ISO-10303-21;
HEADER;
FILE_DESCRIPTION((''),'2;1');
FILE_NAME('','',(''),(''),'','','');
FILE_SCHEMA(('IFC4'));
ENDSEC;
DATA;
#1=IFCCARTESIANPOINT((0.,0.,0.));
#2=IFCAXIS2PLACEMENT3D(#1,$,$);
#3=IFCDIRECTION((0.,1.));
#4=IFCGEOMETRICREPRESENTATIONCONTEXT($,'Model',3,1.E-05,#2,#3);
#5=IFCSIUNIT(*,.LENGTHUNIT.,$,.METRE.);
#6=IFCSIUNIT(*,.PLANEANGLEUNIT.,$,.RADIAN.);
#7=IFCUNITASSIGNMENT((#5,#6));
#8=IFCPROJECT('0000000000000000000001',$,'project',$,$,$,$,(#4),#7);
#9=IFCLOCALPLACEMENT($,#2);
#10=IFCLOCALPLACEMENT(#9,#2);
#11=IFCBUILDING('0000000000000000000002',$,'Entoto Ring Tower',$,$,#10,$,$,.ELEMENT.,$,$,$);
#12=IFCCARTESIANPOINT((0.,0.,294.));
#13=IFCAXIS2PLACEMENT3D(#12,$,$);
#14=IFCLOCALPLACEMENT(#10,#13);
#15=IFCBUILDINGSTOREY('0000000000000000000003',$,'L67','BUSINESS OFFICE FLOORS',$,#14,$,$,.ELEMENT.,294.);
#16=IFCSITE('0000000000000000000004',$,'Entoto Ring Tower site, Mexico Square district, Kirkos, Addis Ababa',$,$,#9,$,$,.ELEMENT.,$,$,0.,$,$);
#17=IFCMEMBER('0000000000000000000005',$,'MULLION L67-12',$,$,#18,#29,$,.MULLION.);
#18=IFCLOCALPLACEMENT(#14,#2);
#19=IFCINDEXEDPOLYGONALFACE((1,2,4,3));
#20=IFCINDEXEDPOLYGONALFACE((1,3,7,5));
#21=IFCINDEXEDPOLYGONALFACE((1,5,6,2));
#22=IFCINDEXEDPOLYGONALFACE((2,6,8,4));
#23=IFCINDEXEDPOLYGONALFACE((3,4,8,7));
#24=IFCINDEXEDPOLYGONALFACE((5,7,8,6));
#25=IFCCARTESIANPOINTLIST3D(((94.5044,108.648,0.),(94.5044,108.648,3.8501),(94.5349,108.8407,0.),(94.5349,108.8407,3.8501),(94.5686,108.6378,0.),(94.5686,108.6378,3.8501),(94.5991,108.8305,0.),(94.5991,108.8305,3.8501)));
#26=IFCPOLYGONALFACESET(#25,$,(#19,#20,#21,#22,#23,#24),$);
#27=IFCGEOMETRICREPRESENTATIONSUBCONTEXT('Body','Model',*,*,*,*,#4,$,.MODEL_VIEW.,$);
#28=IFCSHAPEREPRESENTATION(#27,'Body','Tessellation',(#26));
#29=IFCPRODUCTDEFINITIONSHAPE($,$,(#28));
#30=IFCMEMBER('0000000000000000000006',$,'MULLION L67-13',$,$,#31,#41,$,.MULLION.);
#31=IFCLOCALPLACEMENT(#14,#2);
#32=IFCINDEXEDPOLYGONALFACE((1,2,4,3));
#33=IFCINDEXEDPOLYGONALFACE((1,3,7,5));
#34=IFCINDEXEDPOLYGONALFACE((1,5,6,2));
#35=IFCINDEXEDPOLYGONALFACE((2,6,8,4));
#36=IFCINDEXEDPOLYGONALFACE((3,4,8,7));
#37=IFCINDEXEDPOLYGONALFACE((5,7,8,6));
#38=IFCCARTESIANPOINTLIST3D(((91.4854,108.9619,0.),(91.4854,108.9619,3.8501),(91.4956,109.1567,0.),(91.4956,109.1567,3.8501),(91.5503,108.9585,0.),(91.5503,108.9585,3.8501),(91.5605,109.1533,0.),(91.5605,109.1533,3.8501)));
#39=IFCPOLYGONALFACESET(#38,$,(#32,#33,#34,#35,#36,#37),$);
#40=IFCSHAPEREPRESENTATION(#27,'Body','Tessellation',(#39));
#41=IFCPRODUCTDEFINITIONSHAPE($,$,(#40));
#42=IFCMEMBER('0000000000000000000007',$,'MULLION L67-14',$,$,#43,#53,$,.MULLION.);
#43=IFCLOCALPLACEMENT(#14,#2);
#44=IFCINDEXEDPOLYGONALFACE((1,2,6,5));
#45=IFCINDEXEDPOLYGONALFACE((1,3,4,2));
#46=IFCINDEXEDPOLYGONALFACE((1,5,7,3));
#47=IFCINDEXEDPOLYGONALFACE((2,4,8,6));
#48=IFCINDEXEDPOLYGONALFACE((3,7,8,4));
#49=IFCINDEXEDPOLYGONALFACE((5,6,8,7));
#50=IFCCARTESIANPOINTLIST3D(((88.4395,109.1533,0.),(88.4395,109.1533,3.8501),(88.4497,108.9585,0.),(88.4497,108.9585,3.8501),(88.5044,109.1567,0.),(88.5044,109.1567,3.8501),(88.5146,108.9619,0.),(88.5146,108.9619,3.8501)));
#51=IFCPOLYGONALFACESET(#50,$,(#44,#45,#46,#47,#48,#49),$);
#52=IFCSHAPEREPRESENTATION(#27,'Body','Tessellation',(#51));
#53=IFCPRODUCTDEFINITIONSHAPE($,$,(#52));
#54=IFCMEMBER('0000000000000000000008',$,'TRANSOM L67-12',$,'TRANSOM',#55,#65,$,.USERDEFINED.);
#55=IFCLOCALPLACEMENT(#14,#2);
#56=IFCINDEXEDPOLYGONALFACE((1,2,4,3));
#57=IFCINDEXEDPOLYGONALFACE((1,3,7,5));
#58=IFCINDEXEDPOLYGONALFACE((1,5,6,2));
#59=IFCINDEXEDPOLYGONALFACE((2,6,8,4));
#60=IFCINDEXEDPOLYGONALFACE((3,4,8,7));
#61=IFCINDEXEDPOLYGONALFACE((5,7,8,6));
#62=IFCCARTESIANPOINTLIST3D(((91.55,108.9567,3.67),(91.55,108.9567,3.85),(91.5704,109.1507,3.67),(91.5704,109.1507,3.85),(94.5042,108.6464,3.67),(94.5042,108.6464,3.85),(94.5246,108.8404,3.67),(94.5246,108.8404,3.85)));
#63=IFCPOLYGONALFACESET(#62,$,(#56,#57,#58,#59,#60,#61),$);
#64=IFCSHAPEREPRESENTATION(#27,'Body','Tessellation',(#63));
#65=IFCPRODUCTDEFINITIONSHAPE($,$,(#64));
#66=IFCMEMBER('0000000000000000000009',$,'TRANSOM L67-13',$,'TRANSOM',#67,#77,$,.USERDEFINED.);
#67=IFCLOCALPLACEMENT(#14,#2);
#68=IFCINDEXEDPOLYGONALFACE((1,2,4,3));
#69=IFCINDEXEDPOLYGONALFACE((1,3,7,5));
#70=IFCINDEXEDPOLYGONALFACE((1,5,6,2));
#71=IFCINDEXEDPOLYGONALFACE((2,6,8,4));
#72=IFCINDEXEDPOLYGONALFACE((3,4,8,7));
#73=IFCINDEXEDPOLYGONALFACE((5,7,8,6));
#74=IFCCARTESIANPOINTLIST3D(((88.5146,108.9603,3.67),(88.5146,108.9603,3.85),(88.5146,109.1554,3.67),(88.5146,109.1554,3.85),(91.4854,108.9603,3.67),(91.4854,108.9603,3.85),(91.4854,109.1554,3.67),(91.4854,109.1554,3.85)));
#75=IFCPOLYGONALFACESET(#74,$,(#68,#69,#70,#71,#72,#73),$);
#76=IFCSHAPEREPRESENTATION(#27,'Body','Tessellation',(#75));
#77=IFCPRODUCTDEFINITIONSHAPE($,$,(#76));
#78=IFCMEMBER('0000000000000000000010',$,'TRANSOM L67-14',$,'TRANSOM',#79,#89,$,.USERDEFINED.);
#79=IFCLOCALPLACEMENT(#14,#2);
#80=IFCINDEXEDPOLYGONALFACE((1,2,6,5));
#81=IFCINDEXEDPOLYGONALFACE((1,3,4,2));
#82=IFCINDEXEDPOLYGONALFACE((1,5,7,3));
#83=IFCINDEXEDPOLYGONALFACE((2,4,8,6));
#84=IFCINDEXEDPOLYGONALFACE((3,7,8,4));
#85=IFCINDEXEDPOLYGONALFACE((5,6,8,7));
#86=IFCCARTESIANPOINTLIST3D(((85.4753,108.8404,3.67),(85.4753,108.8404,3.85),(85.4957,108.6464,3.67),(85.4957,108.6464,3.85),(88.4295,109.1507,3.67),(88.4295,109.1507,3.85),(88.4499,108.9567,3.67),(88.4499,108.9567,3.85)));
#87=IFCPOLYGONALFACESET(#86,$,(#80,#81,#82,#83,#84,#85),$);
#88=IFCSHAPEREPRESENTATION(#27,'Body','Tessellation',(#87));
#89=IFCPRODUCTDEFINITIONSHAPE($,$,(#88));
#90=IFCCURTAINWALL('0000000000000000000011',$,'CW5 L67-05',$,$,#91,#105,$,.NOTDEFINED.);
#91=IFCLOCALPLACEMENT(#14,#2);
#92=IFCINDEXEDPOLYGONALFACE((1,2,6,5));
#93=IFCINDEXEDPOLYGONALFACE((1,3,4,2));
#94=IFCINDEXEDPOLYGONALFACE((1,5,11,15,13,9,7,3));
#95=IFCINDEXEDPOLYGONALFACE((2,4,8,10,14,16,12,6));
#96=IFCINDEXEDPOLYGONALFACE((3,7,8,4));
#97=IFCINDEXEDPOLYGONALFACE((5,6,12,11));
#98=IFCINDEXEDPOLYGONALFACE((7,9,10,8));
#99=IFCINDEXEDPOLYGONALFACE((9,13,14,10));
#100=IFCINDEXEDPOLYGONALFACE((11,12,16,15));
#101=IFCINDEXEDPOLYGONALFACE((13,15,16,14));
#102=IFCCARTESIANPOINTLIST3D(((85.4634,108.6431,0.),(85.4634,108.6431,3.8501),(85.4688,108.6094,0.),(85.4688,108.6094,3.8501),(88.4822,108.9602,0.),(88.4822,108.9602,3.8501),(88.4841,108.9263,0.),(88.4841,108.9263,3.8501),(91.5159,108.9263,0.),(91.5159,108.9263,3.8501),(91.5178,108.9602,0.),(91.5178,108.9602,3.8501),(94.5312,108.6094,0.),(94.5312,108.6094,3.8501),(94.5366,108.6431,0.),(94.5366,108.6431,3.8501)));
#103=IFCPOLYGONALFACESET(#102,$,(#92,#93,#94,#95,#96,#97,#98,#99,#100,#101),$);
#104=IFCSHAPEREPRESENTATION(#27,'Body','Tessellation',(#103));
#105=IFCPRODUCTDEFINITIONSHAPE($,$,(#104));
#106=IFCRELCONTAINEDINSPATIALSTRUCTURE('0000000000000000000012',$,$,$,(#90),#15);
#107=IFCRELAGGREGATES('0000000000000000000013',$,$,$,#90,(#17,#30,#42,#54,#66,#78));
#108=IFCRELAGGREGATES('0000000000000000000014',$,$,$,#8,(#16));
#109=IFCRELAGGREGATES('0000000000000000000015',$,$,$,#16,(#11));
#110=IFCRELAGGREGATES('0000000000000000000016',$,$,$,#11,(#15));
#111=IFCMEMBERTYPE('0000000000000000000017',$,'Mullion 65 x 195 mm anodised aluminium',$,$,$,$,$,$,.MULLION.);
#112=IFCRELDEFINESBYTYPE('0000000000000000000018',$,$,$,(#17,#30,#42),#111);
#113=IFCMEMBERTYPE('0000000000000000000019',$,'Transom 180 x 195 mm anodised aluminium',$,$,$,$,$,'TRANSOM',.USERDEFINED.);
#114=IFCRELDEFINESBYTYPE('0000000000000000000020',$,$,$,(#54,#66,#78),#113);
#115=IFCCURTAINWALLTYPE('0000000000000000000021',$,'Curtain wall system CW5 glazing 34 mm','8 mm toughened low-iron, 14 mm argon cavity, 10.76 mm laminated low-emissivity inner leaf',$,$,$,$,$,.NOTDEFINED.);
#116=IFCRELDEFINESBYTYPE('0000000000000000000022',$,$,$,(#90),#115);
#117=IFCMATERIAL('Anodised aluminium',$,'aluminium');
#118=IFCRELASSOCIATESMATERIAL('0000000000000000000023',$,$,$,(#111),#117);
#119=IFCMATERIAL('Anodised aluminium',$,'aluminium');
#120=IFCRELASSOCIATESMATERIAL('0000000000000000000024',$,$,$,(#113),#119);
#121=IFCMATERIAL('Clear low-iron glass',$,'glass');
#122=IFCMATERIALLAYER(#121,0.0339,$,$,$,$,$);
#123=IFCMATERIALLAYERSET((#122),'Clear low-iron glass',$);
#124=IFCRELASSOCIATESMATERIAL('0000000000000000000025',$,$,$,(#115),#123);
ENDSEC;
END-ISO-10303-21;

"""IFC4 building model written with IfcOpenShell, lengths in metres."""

from ifc_helpers import new_model, si_unit, direction, frame, origin, origin_2d, place, context, subcontext, project, spatial, polyline, rectangle, outline, extrude, material, layer, layer_set, material_profile, profile_set, type_object, element, aggregate, save


model = new_model("IFC4")

# Units and contexts
model_context = context("Model", 3, precision=1e-05, world=origin(), true_north=direction((0.0, 1.0)))
body_context = subcontext(model_context, "Body", "Model", "MODEL_VIEW")
ifc_project = project(units=[si_unit("LENGTHUNIT", "METRE"), si_unit("PLANEANGLEUNIT", "RADIAN")], contexts=[model_context])

# Members
ifc_material_1 = material(Name="Anodised aluminium", Category="aluminium")
ifc_material_profile_1 = material_profile(ifc_material_1, rectangle(XDim=0.0649, YDim=0.1951, at=origin_2d()), Name="Mullion 65 x 195 mm anodised aluminium")
ifc_profile_set_1 = profile_set([ifc_material_profile_1], Name="Anodised aluminium")
member_type_1 = type_object("IfcMemberType", Name="Mullion 65 x 195 mm anodised aluminium", PredefinedType="MULLION", material=ifc_profile_set_1)
site_placement = place(None, origin())
building_placement = place(site_placement, origin())
storey_placement = place(building_placement, frame((0.0, 0.0, 294.0)))
member_1_placement = place(storey_placement, frame((94.5518, 108.7393, 0.0), z_axis=(0.0, 0.0, 1.0), x_axis=(-0.987688, 0.156434, 0.0)))
member_1 = element("IfcMember", 1, at=member_1_placement, type_object=member_type_1, Name="MULLION L67-12", PredefinedType="MULLION", context=body_context, shape_type="SweptSolid", body=[
    extrude(rectangle(XDim=0.0649, YDim=0.1951, at=origin_2d()), origin(), (0.0, 0.0, 1.0), 3.8501),
])
member_2_placement = place(storey_placement, frame((91.5229, 109.0576, 0.0), z_axis=(0.0, 0.0, 1.0), x_axis=(-0.99863, 0.052336, 0.0)))
member_2 = element("IfcMember", 2, at=member_2_placement, type_object=member_type_1, Name="MULLION L67-13", PredefinedType="MULLION", context=body_context, shape_type="SweptSolid", body=[
    extrude(rectangle(XDim=0.0649, YDim=0.1951, at=origin_2d()), origin(), (0.0, 0.0, 1.0), 3.8501),
])
member_3_placement = place(storey_placement, frame((88.4771, 109.0576, 0.0), z_axis=(0.0, 0.0, 1.0), x_axis=(-0.99863, -0.052336, 0.0)))
member_3 = element("IfcMember", 3, at=member_3_placement, type_object=member_type_1, Name="MULLION L67-14", PredefinedType="MULLION", context=body_context, shape_type="SweptSolid", body=[
    extrude(rectangle(XDim=0.0649, YDim=0.1951, at=origin_2d()), origin(), (0.0, 0.0, 1.0), 3.8501),
])
ifc_material_2 = material(Name="Anodised aluminium", Category="aluminium")
ifc_material_profile_2 = material_profile(ifc_material_2, rectangle(XDim=0.1951, YDim=0.1799, at=origin_2d()), Name="Transom 180 x 195 mm anodised aluminium")
ifc_profile_set_2 = profile_set([ifc_material_profile_2], Name="Anodised aluminium")
member_type_2 = type_object("IfcMemberType", Name="Transom 180 x 195 mm anodised aluminium", ElementType="TRANSOM", PredefinedType="USERDEFINED", material=ifc_profile_set_2)
member_4_placement = place(storey_placement, frame((94.5144, 108.7434, 3.76), z_axis=(-0.994528, 0.104467, 0.0), x_axis=(-0.104467, -0.994528, 0.0)))
member_4 = element("IfcMember", 4, at=member_4_placement, type_object=member_type_2, Name="TRANSOM L67-12", ObjectType="TRANSOM", PredefinedType="USERDEFINED", context=body_context, shape_type="SweptSolid", body=[
    extrude(rectangle(XDim=0.1951, YDim=0.1799, at=origin_2d()), origin(), (0.0, 0.0, 1.0), 2.9705),
])
member_5_placement = place(storey_placement, frame((91.4854, 109.0579, 3.76), z_axis=(-1.0, 0.0, 0.0), x_axis=(0.0, -1.0, 0.0)))
member_5 = element("IfcMember", 5, at=member_5_placement, type_object=member_type_2, Name="TRANSOM L67-13", ObjectType="TRANSOM", PredefinedType="USERDEFINED", context=body_context, shape_type="SweptSolid", body=[
    extrude(rectangle(XDim=0.1951, YDim=0.1799, at=origin_2d()), origin(), (0.0, 0.0, 1.0), 2.9707),
])
member_6_placement = place(storey_placement, frame((88.4397, 109.0537, 3.76), z_axis=(-0.994528, -0.104467, 0.0), x_axis=(0.104467, -0.994528, 0.0)))
member_6 = element("IfcMember", 6, at=member_6_placement, type_object=member_type_2, Name="TRANSOM L67-14", ObjectType="TRANSOM", PredefinedType="USERDEFINED", context=body_context, shape_type="SweptSolid", body=[
    extrude(rectangle(XDim=0.1951, YDim=0.1799, at=origin_2d()), origin(), (0.0, 0.0, 1.0), 2.9705),
])

# Site, building, storey
site = spatial("IfcSite", under=ifc_project, at=site_placement, Name="Entoto Ring Tower site, Mexico Square district, Kirkos, Addis Ababa", CompositionType="ELEMENT", RefElevation=0.0)
building = spatial("IfcBuilding", under=site, at=building_placement, Name="Entoto Ring Tower", CompositionType="ELEMENT")
storey = spatial("IfcBuildingStorey", under=building, at=storey_placement, Name="L67", Description="BUSINESS OFFICE FLOORS", CompositionType="ELEMENT", Elevation=294.0)

# Curtain wall
ifc_material_3 = material(Name="Clear low-iron glass", Category="glass")
ifc_layer = layer(ifc_material_3, 0.0339)
ifc_layer_set = layer_set([ifc_layer], Name="Clear low-iron glass")
curtain_wall_type = type_object("IfcCurtainWallType", Name="Curtain wall system CW5 glazing 34 mm", Description="8 mm toughened low-iron, 14 mm argon cavity, 10.76 mm laminated low-emissivity inner leaf", PredefinedType="NOTDEFINED", material=ifc_layer_set)
curtain_wall_1_placement = place(storey_placement, origin())
curtain_wall_1 = element("IfcCurtainWall", 7, at=curtain_wall_1_placement, inside=storey, type_object=curtain_wall_type, Name="CW5 L67-05", PredefinedType="NOTDEFINED", context=body_context, shape_type="SweptSolid", body=[
    extrude(outline(polyline([(94.5366, 108.6431), (91.5178, 108.9602), (88.4822, 108.9602), (85.4634, 108.6431), (85.4688, 108.6094), (88.4841, 108.9263), (91.5159, 108.9263), (94.5312, 108.6094), (94.5366, 108.6431)])), origin(), (0.0, 0.0, 1.0), 3.8501),
])
aggregate(curtain_wall_1, [member_1, member_2, member_3, member_4, member_5, member_6])

save(model, "model.ifc")
